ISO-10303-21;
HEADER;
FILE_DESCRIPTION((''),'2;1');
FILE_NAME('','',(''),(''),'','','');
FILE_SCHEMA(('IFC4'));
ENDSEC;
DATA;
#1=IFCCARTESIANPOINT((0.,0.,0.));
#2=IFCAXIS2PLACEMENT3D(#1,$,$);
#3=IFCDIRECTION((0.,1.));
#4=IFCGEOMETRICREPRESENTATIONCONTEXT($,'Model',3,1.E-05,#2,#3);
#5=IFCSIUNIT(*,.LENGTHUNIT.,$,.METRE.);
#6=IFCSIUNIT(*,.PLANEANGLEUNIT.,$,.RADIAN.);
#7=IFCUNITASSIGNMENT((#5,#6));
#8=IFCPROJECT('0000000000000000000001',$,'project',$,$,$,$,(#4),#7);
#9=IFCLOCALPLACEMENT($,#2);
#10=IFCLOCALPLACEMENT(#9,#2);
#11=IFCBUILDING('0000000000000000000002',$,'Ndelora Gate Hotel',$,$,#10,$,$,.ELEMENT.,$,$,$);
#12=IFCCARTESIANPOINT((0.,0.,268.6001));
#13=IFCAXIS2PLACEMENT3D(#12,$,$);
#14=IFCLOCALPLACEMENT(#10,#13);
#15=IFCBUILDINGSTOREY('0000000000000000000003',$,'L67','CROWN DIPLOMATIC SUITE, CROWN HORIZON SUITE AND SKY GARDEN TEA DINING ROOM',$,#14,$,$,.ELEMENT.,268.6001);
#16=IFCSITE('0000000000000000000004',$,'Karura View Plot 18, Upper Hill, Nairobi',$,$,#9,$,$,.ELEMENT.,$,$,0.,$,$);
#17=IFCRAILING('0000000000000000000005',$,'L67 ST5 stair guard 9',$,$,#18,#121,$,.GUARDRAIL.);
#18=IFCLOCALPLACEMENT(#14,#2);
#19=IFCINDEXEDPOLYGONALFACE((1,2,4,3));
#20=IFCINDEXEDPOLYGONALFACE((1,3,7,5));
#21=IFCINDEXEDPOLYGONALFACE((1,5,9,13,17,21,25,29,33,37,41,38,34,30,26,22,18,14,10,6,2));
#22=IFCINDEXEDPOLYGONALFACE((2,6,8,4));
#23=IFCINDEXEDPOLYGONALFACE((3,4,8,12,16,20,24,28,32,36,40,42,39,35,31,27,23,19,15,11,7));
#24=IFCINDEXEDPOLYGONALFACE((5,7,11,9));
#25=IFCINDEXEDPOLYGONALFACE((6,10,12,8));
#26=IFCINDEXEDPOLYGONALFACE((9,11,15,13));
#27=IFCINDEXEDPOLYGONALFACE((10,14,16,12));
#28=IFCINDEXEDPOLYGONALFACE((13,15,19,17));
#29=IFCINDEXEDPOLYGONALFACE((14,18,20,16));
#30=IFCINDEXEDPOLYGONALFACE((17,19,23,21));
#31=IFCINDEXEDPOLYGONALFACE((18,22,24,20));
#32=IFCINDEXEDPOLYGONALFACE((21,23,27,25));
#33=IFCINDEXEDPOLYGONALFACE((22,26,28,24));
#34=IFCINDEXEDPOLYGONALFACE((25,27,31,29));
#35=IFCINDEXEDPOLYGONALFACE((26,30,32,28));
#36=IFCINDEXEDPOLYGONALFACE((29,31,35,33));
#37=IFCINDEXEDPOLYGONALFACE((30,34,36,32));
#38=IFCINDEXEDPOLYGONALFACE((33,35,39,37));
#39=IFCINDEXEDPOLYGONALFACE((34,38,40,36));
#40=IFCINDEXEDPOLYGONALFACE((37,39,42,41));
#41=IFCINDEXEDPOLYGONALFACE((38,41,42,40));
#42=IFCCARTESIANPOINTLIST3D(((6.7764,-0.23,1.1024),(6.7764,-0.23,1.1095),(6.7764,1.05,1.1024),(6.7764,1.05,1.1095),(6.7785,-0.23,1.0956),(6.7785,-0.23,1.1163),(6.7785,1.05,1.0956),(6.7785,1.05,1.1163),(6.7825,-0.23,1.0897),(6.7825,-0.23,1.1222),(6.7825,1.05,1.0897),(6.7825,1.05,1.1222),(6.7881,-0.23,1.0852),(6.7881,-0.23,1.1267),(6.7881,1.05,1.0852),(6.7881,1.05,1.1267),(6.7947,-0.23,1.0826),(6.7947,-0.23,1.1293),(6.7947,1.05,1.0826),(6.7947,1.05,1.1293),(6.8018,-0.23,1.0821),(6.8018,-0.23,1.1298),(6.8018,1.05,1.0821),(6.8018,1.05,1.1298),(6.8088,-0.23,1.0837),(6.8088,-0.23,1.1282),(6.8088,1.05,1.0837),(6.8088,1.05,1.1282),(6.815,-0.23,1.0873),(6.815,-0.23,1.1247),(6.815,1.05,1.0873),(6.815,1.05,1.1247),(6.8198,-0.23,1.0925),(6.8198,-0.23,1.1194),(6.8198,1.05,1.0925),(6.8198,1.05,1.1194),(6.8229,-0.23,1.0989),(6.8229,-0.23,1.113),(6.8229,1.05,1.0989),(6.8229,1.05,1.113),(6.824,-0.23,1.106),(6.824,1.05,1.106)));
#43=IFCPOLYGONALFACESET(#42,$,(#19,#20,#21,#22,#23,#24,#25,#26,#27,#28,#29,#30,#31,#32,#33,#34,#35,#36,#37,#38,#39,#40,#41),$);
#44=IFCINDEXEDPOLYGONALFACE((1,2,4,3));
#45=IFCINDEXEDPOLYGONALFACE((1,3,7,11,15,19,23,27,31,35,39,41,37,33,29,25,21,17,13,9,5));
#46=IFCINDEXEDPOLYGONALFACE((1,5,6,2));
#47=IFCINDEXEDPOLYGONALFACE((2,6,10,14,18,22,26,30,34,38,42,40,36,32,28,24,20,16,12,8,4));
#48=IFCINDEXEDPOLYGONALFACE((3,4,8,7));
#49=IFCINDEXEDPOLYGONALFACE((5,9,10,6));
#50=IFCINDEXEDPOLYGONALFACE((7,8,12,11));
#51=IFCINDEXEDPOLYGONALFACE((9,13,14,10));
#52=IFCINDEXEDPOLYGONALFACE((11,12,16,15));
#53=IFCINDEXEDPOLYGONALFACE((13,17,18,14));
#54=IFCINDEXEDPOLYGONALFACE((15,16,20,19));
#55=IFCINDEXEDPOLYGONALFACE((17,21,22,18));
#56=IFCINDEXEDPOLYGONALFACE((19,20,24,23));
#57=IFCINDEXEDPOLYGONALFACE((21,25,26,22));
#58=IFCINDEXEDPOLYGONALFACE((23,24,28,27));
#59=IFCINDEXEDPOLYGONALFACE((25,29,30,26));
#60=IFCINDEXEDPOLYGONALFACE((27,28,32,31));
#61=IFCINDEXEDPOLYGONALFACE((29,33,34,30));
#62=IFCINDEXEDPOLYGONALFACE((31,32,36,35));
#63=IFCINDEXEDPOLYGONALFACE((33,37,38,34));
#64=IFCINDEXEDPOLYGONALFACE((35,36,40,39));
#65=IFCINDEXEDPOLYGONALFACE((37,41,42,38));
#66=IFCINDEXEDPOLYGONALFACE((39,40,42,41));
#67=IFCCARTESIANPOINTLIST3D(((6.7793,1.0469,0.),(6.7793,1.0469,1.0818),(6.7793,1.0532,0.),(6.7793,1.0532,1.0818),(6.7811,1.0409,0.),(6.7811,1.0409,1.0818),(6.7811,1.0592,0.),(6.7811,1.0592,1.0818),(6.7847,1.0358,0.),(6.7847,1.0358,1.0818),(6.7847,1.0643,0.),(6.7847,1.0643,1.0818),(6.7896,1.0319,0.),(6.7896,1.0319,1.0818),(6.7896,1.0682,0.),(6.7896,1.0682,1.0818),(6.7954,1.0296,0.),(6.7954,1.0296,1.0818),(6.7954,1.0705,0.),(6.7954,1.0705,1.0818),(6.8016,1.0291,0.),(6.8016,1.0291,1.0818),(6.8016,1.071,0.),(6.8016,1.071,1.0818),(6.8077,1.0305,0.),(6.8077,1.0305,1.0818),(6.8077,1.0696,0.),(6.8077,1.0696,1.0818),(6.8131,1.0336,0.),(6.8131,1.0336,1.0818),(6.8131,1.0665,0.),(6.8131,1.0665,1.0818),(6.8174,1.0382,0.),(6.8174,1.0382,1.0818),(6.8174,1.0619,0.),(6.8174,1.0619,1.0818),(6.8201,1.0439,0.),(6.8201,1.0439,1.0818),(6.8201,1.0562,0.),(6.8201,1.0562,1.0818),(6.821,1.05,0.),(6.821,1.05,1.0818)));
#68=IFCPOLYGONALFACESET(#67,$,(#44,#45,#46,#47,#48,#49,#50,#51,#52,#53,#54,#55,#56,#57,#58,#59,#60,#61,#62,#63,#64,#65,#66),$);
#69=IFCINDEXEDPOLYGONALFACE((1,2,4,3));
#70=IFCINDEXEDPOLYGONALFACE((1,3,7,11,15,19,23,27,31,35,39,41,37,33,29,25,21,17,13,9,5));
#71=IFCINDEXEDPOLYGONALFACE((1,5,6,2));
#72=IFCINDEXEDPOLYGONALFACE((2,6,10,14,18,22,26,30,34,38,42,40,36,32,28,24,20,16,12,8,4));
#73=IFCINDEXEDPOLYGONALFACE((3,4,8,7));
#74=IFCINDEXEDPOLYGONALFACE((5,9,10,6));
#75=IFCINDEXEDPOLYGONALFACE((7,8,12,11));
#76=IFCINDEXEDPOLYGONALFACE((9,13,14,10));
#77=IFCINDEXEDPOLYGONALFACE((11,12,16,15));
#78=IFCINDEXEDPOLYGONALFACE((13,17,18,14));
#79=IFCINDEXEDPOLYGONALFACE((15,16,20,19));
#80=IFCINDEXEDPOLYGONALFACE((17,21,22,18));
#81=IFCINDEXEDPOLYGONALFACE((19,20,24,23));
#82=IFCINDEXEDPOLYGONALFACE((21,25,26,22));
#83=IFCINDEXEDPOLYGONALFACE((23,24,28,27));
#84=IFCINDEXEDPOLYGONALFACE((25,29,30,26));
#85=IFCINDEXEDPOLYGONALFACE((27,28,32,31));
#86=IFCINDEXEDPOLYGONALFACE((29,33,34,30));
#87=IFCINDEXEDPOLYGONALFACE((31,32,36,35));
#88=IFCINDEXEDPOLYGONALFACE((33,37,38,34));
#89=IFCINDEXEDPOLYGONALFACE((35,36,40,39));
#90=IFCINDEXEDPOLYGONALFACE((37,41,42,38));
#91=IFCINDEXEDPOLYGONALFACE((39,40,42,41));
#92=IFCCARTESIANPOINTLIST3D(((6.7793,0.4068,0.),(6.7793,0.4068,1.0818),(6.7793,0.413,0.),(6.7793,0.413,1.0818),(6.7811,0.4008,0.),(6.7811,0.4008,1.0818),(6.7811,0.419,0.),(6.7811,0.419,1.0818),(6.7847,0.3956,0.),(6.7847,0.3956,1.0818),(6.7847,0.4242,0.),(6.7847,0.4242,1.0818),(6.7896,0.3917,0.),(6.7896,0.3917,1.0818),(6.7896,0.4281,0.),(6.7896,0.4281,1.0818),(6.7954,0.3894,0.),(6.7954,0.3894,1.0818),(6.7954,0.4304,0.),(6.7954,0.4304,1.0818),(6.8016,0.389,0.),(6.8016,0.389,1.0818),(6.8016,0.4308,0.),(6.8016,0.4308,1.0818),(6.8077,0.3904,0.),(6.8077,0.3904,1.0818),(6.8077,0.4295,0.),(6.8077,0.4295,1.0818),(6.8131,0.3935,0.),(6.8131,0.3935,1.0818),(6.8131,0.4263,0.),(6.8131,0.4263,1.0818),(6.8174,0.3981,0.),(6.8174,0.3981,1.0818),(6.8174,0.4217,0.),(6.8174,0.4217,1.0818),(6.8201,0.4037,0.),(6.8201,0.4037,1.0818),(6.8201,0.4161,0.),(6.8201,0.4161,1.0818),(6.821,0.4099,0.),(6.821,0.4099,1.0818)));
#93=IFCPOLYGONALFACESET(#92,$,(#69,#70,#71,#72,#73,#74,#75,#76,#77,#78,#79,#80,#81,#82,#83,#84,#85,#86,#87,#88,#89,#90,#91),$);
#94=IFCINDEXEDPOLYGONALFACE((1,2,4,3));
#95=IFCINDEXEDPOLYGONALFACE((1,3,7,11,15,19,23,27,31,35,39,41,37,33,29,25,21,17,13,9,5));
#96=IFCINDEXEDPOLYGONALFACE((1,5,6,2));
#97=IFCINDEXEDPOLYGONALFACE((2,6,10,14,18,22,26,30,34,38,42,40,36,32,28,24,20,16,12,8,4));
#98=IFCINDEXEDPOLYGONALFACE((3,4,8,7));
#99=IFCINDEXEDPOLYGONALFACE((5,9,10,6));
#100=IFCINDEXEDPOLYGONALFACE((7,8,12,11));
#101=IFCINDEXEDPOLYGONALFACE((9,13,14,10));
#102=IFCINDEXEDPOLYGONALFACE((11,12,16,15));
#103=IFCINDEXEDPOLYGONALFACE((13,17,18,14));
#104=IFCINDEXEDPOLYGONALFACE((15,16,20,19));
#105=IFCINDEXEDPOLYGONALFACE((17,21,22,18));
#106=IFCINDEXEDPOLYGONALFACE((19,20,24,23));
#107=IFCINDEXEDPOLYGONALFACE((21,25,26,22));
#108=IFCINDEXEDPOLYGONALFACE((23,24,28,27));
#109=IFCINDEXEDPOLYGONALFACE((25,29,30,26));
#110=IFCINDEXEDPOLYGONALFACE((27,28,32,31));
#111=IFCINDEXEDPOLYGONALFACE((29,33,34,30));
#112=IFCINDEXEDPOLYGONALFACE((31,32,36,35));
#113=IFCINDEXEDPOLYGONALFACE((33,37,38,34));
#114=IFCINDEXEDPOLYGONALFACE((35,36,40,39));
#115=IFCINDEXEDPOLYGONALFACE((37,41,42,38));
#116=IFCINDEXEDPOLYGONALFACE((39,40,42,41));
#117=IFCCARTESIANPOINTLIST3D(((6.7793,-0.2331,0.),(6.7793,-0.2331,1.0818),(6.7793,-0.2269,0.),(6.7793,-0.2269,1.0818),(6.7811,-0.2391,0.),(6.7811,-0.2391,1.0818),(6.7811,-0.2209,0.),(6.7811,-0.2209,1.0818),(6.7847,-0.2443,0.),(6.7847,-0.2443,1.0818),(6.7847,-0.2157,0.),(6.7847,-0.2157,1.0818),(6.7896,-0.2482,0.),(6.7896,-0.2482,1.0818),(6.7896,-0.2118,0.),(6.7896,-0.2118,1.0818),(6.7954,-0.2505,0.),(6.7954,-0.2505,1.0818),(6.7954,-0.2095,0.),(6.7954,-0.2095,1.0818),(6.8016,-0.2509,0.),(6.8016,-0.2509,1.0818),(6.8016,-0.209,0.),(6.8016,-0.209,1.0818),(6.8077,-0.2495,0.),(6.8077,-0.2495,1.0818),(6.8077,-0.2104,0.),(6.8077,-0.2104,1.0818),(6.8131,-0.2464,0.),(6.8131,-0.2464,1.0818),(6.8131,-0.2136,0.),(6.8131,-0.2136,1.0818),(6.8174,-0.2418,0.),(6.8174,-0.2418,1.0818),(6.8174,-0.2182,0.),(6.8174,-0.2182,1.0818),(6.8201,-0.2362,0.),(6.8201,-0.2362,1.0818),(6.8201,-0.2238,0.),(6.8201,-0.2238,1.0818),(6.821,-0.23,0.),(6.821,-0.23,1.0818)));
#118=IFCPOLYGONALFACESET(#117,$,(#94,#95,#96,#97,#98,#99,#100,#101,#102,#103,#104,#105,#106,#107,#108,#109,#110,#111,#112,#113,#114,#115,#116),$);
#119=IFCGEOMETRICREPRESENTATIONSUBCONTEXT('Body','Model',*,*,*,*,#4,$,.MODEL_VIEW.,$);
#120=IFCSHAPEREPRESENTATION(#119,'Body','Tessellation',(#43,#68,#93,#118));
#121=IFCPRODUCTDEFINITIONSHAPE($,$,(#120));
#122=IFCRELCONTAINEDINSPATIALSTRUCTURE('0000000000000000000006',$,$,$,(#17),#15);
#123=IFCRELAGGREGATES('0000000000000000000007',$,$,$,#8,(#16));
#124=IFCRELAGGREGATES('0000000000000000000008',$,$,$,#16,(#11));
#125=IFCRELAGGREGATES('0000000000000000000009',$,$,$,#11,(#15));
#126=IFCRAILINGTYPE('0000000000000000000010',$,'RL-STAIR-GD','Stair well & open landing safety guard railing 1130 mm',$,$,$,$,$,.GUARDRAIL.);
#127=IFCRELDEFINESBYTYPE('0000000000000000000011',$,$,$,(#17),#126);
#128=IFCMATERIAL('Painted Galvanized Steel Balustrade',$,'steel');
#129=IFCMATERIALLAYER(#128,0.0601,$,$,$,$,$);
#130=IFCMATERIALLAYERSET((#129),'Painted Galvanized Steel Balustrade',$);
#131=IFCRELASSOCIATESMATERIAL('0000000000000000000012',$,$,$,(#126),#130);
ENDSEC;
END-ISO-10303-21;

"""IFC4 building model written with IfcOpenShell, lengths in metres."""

from ifc_helpers import new_model, si_unit, direction, frame, origin, origin_2d, place, context, subcontext, project, spatial, circle, extrude, material, layer, layer_set, type_object, element, save


model = new_model("IFC4")

# Units and contexts
model_context = context("Model", 3, precision=1e-05, world=origin(), true_north=direction((0.0, 1.0)))
body_context = subcontext(model_context, "Body", "Model", "MODEL_VIEW")
ifc_project = project(units=[si_unit("LENGTHUNIT", "METRE"), si_unit("PLANEANGLEUNIT", "RADIAN")], contexts=[model_context])

# Site, building, storey
site_placement = place(None, origin())
site = spatial("IfcSite", under=ifc_project, at=site_placement, Name="Karura View Plot 18, Upper Hill, Nairobi", CompositionType="ELEMENT", RefElevation=0.0)
building_placement = place(site_placement, origin())
building = spatial("IfcBuilding", under=site, at=building_placement, Name="Ndelora Gate Hotel", CompositionType="ELEMENT")
storey_placement = place(building_placement, frame((0.0, 0.0, 268.6001)))
storey = spatial("IfcBuildingStorey", under=building, at=storey_placement, Name="L67", Description="CROWN DIPLOMATIC SUITE, CROWN HORIZON SUITE AND SKY GARDEN TEA DINING ROOM", CompositionType="ELEMENT", Elevation=268.6001)

# Railing
ifc_material_1 = material(Name="Painted Galvanized Steel Balustrade", Category="steel")
ifc_layer_1 = layer(ifc_material_1, 0.0601)
ifc_layer_set_1 = layer_set([ifc_layer_1], Name="Painted Galvanized Steel Balustrade")
railing_type = type_object("IfcRailingType", Name="RL-STAIR-GD", Description="Stair well & open landing safety guard railing 1130 mm", PredefinedType="GUARDRAIL", material=ifc_layer_set_1)
railing_1_placement = place(storey_placement, frame((6.8, 1.05, 0.0)))
element("IfcRailing", 1, at=railing_1_placement, inside=storey, type_object=railing_type, Name="L67 ST5 stair guard 9", PredefinedType="GUARDRAIL", context=body_context, shape_type="SweptSolid", body=[
    extrude(circle(Radius=0.0239, at=origin_2d()), frame((0.0, 0.0, 1.106), z_axis=(0.0, -1.0, 0.0), x_axis=(1.0, 0.0, 0.0)), (0.0, 0.0, 1.0), 1.28),
    extrude(circle(Radius=0.021, at=origin_2d()), origin(), (0.0, 0.0, 1.0), 1.0818),
    extrude(circle(Radius=0.021, at=origin_2d()), frame((0.0, -0.6401, 0.0)), (0.0, 0.0, 1.0), 1.0818),
    extrude(circle(Radius=0.021, at=origin_2d()), frame((0.0, -1.28, 0.0)), (0.0, 0.0, 1.0), 1.0818),
])

save(model, "model.ifc")
